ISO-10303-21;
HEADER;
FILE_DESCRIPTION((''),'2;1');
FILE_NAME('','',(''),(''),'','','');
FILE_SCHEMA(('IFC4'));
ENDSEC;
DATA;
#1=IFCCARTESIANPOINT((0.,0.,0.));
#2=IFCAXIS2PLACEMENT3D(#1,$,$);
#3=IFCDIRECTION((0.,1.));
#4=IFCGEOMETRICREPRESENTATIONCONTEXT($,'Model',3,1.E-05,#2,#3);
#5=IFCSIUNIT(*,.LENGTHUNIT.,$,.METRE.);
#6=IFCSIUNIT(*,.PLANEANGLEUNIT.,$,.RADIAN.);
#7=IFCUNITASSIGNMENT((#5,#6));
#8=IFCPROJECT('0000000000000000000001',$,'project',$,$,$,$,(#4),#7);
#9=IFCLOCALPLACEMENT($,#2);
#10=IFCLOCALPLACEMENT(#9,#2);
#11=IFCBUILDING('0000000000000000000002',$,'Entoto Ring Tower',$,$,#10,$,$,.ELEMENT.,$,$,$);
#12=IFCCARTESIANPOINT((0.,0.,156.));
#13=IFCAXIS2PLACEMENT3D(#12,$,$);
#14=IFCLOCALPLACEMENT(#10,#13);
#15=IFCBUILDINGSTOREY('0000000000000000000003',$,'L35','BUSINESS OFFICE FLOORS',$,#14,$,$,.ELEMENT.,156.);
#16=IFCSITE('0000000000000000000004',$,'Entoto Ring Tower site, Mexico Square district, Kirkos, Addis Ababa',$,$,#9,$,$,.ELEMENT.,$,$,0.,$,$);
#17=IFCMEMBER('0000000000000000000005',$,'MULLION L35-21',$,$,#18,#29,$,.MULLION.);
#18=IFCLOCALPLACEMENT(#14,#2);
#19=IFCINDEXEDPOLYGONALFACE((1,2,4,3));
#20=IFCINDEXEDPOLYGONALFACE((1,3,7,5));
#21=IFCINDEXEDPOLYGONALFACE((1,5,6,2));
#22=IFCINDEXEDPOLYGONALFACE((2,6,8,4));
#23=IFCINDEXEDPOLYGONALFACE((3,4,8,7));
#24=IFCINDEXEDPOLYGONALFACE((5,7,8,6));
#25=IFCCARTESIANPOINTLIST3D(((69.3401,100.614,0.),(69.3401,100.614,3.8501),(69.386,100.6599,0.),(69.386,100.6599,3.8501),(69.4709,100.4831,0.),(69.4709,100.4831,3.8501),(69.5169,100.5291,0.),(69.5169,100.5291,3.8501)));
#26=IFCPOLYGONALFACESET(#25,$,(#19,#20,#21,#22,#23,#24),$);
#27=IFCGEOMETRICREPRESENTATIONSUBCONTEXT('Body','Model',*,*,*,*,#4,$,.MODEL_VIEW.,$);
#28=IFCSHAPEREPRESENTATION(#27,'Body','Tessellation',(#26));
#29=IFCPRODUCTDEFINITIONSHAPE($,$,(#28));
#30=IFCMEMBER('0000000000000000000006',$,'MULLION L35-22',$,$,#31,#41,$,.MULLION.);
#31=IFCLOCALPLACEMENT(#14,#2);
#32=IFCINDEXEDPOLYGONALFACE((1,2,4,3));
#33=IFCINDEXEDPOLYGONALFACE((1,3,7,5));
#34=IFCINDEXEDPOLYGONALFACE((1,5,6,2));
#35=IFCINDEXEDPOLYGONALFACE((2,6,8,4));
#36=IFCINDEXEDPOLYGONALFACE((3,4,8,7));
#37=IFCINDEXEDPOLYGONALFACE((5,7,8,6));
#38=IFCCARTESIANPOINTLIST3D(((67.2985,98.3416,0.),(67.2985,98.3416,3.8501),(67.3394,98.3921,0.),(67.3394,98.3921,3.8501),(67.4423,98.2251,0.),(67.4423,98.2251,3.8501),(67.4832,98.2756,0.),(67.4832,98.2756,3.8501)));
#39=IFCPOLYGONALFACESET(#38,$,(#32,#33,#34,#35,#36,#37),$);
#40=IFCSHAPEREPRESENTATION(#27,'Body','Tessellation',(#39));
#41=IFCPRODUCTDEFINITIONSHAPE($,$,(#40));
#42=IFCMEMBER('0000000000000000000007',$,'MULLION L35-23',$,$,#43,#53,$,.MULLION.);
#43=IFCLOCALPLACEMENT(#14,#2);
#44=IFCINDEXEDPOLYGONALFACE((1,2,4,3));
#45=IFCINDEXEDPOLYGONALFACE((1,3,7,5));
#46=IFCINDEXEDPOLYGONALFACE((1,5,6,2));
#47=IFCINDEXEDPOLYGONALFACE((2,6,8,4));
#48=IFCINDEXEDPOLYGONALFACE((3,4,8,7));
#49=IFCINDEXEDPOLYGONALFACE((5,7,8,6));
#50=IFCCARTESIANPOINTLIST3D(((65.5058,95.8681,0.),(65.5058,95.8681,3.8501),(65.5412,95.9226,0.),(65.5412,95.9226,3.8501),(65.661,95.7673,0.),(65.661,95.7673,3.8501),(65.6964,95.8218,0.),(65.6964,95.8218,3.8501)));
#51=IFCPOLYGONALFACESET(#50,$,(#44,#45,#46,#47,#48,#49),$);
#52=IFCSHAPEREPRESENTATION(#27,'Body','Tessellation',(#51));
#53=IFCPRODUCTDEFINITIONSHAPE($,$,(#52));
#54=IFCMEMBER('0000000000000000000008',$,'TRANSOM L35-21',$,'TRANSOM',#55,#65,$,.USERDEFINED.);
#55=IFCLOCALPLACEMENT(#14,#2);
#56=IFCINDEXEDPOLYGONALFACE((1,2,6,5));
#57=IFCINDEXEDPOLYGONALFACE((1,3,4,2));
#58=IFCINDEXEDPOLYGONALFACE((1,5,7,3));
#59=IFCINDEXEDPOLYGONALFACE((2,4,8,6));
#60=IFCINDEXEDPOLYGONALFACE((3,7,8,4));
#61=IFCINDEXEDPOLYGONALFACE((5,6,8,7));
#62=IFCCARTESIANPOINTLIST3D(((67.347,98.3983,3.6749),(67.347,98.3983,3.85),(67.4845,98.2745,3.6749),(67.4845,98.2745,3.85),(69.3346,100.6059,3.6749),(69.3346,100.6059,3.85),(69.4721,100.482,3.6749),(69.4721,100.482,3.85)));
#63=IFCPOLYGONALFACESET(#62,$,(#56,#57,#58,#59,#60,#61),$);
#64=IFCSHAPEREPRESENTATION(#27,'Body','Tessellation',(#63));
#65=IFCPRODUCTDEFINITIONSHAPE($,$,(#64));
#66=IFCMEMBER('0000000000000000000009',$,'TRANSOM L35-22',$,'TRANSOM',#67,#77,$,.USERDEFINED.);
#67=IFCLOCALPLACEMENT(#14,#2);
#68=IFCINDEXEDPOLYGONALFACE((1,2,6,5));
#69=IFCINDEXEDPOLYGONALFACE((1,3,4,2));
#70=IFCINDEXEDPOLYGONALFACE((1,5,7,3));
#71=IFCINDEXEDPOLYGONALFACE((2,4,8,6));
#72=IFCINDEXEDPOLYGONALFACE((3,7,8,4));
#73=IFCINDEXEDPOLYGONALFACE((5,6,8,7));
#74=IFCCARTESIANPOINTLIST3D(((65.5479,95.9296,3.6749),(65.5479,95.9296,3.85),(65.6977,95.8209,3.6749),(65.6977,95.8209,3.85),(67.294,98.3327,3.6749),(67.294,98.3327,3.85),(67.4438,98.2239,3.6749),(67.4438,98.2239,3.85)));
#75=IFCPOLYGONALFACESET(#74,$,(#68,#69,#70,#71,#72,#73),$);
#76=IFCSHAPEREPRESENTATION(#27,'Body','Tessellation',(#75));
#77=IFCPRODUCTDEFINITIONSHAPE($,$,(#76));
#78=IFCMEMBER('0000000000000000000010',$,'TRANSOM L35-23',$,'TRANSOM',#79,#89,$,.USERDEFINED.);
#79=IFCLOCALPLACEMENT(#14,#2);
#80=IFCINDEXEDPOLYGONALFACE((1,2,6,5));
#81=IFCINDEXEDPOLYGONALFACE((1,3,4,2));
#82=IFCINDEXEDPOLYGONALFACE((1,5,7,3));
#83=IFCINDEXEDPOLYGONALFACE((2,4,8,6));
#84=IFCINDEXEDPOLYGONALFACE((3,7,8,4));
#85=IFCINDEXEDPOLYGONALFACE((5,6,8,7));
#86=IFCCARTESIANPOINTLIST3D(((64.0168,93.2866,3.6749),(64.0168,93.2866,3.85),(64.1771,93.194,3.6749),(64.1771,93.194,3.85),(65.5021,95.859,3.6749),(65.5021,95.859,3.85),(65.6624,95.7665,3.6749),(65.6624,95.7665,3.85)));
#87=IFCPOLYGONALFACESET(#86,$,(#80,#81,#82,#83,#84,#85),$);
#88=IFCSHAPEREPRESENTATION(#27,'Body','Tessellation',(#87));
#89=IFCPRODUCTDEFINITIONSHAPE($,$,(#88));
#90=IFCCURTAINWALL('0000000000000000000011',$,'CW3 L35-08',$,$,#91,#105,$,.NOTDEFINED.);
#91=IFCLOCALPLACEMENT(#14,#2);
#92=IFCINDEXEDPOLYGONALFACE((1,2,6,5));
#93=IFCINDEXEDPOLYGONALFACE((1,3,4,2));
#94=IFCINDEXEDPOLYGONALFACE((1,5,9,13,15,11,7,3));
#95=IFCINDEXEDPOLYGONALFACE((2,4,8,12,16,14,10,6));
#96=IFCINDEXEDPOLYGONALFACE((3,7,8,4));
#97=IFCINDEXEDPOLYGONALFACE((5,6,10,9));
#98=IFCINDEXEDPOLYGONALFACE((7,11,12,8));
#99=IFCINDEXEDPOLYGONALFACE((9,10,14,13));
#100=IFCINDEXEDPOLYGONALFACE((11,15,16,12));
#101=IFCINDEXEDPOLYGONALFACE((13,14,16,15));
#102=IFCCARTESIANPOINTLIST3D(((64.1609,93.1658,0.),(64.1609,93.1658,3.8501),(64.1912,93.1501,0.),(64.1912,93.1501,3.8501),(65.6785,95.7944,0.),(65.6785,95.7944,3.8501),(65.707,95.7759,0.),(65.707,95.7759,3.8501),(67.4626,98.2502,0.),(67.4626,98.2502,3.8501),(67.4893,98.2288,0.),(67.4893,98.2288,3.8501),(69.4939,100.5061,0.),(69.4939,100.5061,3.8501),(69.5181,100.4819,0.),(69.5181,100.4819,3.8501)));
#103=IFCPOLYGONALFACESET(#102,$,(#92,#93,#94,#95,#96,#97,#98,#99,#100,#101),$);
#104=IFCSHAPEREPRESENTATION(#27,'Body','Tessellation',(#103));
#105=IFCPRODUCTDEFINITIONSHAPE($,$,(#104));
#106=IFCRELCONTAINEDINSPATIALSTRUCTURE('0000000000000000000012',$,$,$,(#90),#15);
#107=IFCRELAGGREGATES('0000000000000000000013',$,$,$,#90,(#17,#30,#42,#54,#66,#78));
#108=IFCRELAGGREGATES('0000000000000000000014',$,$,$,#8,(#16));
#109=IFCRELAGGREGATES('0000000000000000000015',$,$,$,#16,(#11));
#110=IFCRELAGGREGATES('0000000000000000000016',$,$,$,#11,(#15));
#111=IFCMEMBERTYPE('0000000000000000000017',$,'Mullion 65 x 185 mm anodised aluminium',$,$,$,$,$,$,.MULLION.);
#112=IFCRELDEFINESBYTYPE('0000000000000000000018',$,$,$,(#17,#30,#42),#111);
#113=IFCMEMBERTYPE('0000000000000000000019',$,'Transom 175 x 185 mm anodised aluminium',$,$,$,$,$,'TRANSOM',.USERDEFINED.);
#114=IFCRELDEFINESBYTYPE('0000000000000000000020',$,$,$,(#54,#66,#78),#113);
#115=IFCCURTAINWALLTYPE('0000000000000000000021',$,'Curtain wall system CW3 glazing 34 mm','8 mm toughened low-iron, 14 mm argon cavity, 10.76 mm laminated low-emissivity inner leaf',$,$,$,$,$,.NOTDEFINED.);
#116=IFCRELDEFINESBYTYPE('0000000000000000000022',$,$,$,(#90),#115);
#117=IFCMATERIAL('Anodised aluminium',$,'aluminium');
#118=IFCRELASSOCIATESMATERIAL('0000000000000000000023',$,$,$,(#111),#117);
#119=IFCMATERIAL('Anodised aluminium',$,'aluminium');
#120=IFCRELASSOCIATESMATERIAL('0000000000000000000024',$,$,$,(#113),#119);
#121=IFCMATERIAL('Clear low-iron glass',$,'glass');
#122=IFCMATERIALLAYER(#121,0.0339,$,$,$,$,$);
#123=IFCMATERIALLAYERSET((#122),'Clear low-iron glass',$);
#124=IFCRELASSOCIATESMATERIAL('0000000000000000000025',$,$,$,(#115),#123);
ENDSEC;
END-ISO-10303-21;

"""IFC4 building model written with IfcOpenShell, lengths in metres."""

from ifc_helpers import new_model, si_unit, direction, frame, origin, origin_2d, place, context, subcontext, project, spatial, polyline, rectangle, outline, extrude, material, layer, layer_set, material_profile, profile_set, type_object, element, aggregate, save


model = new_model("IFC4")

# Units and contexts
model_context = context("Model", 3, precision=1e-05, world=origin(), true_north=direction((0.0, 1.0)))
body_context = subcontext(model_context, "Body", "Model", "MODEL_VIEW")
ifc_project = project(units=[si_unit("LENGTHUNIT", "METRE"), si_unit("PLANEANGLEUNIT", "RADIAN")], contexts=[model_context])

# Members
ifc_material_1 = material(Name="Anodised aluminium", Category="aluminium")
ifc_material_profile_1 = material_profile(ifc_material_1, rectangle(XDim=0.0649, YDim=0.1851, at=origin_2d()), Name="Mullion 65 x 185 mm anodised aluminium")
ifc_profile_set_1 = profile_set([ifc_material_profile_1], Name="Anodised aluminium")
member_type_1 = type_object("IfcMemberType", Name="Mullion 65 x 185 mm anodised aluminium", PredefinedType="MULLION", material=ifc_profile_set_1)
site_placement = place(None, origin())
building_placement = place(site_placement, origin())
storey_placement = place(building_placement, frame((0.0, 0.0, 156.0)))
member_1_placement = place(storey_placement, frame((69.4285, 100.5715, 0.0), z_axis=(0.0, 0.0, 1.0), x_axis=(-0.707107, -0.707107, 0.0)))
member_1 = element("IfcMember", 1, at=member_1_placement, type_object=member_type_1, Name="MULLION L35-21", PredefinedType="MULLION", context=body_context, shape_type="SweptSolid", body=[
    extrude(rectangle(XDim=0.0649, YDim=0.1851, at=origin_2d()), origin(), (0.0, 0.0, 1.0), 3.8501),
])
member_2_placement = place(storey_placement, frame((67.3909, 98.3086, 0.0), z_axis=(0.0, 0.0, 1.0), x_axis=(-0.62932, -0.777146, 0.0)))
member_2 = element("IfcMember", 2, at=member_2_placement, type_object=member_type_1, Name="MULLION L35-22", PredefinedType="MULLION", context=body_context, shape_type="SweptSolid", body=[
    extrude(rectangle(XDim=0.0649, YDim=0.1851, at=origin_2d()), origin(), (0.0, 0.0, 1.0), 3.8501),
])
member_3_placement = place(storey_placement, frame((65.6011, 95.845, 0.0), z_axis=(0.0, 0.0, 1.0), x_axis=(-0.544639, -0.838671, 0.0)))
member_3 = element("IfcMember", 3, at=member_3_placement, type_object=member_type_1, Name="MULLION L35-23", PredefinedType="MULLION", context=body_context, shape_type="SweptSolid", body=[
    extrude(rectangle(XDim=0.0649, YDim=0.1851, at=origin_2d()), origin(), (0.0, 0.0, 1.0), 3.8501),
])
ifc_material_2 = material(Name="Anodised aluminium", Category="aluminium")
ifc_material_profile_2 = material_profile(ifc_material_2, rectangle(XDim=0.1851, YDim=0.175, at=origin_2d()), Name="Transom 175 x 185 mm anodised aluminium")
ifc_profile_set_2 = profile_set([ifc_material_profile_2], Name="Anodised aluminium")
member_type_2 = type_object("IfcMemberType", Name="Transom 175 x 185 mm anodised aluminium", ElementType="TRANSOM", PredefinedType="USERDEFINED", material=ifc_profile_set_2)
member_4_placement = place(storey_placement, frame((69.4033, 100.5439, 3.7625), z_axis=(-0.66911, -0.743163, 0.0), x_axis=(0.743163, -0.66911, 0.0)))
member_4 = element("IfcMember", 4, at=member_4_placement, type_object=member_type_2, Name="TRANSOM L35-21", ObjectType="TRANSOM", PredefinedType="USERDEFINED", context=body_context, shape_type="SweptSolid", body=[
    extrude(rectangle(XDim=0.1851, YDim=0.175, at=origin_2d()), origin(), (0.0, 0.0, 1.0), 2.9705),
])
member_5_placement = place(storey_placement, frame((67.3689, 98.2783, 3.7625), z_axis=(-0.58782, -0.808992, 0.0), x_axis=(0.808992, -0.58782, 0.0)))
member_5 = element("IfcMember", 5, at=member_5_placement, type_object=member_type_2, Name="TRANSOM L35-22", ObjectType="TRANSOM", PredefinedType="USERDEFINED", context=body_context, shape_type="SweptSolid", body=[
    extrude(rectangle(XDim=0.1851, YDim=0.175, at=origin_2d()), origin(), (0.0, 0.0, 1.0), 2.9705),
])
member_6_placement = place(storey_placement, frame((65.5823, 95.8127, 3.7625), z_axis=(-0.500028, -0.866009, 0.0), x_axis=(0.866009, -0.500028, 0.0)))
member_6 = element("IfcMember", 6, at=member_6_placement, type_object=member_type_2, Name="TRANSOM L35-23", ObjectType="TRANSOM", PredefinedType="USERDEFINED", context=body_context, shape_type="SweptSolid", body=[
    extrude(rectangle(XDim=0.1851, YDim=0.175, at=origin_2d()), origin(), (0.0, 0.0, 1.0), 2.9705),
])

# Site, building, storey
site = spatial("IfcSite", under=ifc_project, at=site_placement, Name="Entoto Ring Tower site, Mexico Square district, Kirkos, Addis Ababa", CompositionType="ELEMENT", RefElevation=0.0)
building = spatial("IfcBuilding", under=site, at=building_placement, Name="Entoto Ring Tower", CompositionType="ELEMENT")
storey = spatial("IfcBuildingStorey", under=building, at=storey_placement, Name="L35", Description="BUSINESS OFFICE FLOORS", CompositionType="ELEMENT", Elevation=156.0)

# Curtain wall
ifc_material_3 = material(Name="Clear low-iron glass", Category="glass")
ifc_layer = layer(ifc_material_3, 0.0339)
ifc_layer_set = layer_set([ifc_layer], Name="Clear low-iron glass")
curtain_wall_type = type_object("IfcCurtainWallType", Name="Curtain wall system CW3 glazing 34 mm", Description="8 mm toughened low-iron, 14 mm argon cavity, 10.76 mm laminated low-emissivity inner leaf", PredefinedType="NOTDEFINED", material=ifc_layer_set)
curtain_wall_1_placement = place(storey_placement, origin())
curtain_wall_1 = element("IfcCurtainWall", 7, at=curtain_wall_1_placement, inside=storey, type_object=curtain_wall_type, Name="CW3 L35-08", PredefinedType="NOTDEFINED", context=body_context, shape_type="SweptSolid", body=[
    extrude(outline(polyline([(69.4939, 100.5061), (67.4626, 98.2502), (65.6785, 95.7944), (64.1609, 93.1658), (64.1912, 93.1501), (65.707, 95.7759), (67.4893, 98.2288), (69.5181, 100.4819), (69.4939, 100.5061)])), origin(), (0.0, 0.0, 1.0), 3.8501),
])
aggregate(curtain_wall_1, [member_1, member_2, member_3, member_4, member_5, member_6])

save(model, "model.ifc")
